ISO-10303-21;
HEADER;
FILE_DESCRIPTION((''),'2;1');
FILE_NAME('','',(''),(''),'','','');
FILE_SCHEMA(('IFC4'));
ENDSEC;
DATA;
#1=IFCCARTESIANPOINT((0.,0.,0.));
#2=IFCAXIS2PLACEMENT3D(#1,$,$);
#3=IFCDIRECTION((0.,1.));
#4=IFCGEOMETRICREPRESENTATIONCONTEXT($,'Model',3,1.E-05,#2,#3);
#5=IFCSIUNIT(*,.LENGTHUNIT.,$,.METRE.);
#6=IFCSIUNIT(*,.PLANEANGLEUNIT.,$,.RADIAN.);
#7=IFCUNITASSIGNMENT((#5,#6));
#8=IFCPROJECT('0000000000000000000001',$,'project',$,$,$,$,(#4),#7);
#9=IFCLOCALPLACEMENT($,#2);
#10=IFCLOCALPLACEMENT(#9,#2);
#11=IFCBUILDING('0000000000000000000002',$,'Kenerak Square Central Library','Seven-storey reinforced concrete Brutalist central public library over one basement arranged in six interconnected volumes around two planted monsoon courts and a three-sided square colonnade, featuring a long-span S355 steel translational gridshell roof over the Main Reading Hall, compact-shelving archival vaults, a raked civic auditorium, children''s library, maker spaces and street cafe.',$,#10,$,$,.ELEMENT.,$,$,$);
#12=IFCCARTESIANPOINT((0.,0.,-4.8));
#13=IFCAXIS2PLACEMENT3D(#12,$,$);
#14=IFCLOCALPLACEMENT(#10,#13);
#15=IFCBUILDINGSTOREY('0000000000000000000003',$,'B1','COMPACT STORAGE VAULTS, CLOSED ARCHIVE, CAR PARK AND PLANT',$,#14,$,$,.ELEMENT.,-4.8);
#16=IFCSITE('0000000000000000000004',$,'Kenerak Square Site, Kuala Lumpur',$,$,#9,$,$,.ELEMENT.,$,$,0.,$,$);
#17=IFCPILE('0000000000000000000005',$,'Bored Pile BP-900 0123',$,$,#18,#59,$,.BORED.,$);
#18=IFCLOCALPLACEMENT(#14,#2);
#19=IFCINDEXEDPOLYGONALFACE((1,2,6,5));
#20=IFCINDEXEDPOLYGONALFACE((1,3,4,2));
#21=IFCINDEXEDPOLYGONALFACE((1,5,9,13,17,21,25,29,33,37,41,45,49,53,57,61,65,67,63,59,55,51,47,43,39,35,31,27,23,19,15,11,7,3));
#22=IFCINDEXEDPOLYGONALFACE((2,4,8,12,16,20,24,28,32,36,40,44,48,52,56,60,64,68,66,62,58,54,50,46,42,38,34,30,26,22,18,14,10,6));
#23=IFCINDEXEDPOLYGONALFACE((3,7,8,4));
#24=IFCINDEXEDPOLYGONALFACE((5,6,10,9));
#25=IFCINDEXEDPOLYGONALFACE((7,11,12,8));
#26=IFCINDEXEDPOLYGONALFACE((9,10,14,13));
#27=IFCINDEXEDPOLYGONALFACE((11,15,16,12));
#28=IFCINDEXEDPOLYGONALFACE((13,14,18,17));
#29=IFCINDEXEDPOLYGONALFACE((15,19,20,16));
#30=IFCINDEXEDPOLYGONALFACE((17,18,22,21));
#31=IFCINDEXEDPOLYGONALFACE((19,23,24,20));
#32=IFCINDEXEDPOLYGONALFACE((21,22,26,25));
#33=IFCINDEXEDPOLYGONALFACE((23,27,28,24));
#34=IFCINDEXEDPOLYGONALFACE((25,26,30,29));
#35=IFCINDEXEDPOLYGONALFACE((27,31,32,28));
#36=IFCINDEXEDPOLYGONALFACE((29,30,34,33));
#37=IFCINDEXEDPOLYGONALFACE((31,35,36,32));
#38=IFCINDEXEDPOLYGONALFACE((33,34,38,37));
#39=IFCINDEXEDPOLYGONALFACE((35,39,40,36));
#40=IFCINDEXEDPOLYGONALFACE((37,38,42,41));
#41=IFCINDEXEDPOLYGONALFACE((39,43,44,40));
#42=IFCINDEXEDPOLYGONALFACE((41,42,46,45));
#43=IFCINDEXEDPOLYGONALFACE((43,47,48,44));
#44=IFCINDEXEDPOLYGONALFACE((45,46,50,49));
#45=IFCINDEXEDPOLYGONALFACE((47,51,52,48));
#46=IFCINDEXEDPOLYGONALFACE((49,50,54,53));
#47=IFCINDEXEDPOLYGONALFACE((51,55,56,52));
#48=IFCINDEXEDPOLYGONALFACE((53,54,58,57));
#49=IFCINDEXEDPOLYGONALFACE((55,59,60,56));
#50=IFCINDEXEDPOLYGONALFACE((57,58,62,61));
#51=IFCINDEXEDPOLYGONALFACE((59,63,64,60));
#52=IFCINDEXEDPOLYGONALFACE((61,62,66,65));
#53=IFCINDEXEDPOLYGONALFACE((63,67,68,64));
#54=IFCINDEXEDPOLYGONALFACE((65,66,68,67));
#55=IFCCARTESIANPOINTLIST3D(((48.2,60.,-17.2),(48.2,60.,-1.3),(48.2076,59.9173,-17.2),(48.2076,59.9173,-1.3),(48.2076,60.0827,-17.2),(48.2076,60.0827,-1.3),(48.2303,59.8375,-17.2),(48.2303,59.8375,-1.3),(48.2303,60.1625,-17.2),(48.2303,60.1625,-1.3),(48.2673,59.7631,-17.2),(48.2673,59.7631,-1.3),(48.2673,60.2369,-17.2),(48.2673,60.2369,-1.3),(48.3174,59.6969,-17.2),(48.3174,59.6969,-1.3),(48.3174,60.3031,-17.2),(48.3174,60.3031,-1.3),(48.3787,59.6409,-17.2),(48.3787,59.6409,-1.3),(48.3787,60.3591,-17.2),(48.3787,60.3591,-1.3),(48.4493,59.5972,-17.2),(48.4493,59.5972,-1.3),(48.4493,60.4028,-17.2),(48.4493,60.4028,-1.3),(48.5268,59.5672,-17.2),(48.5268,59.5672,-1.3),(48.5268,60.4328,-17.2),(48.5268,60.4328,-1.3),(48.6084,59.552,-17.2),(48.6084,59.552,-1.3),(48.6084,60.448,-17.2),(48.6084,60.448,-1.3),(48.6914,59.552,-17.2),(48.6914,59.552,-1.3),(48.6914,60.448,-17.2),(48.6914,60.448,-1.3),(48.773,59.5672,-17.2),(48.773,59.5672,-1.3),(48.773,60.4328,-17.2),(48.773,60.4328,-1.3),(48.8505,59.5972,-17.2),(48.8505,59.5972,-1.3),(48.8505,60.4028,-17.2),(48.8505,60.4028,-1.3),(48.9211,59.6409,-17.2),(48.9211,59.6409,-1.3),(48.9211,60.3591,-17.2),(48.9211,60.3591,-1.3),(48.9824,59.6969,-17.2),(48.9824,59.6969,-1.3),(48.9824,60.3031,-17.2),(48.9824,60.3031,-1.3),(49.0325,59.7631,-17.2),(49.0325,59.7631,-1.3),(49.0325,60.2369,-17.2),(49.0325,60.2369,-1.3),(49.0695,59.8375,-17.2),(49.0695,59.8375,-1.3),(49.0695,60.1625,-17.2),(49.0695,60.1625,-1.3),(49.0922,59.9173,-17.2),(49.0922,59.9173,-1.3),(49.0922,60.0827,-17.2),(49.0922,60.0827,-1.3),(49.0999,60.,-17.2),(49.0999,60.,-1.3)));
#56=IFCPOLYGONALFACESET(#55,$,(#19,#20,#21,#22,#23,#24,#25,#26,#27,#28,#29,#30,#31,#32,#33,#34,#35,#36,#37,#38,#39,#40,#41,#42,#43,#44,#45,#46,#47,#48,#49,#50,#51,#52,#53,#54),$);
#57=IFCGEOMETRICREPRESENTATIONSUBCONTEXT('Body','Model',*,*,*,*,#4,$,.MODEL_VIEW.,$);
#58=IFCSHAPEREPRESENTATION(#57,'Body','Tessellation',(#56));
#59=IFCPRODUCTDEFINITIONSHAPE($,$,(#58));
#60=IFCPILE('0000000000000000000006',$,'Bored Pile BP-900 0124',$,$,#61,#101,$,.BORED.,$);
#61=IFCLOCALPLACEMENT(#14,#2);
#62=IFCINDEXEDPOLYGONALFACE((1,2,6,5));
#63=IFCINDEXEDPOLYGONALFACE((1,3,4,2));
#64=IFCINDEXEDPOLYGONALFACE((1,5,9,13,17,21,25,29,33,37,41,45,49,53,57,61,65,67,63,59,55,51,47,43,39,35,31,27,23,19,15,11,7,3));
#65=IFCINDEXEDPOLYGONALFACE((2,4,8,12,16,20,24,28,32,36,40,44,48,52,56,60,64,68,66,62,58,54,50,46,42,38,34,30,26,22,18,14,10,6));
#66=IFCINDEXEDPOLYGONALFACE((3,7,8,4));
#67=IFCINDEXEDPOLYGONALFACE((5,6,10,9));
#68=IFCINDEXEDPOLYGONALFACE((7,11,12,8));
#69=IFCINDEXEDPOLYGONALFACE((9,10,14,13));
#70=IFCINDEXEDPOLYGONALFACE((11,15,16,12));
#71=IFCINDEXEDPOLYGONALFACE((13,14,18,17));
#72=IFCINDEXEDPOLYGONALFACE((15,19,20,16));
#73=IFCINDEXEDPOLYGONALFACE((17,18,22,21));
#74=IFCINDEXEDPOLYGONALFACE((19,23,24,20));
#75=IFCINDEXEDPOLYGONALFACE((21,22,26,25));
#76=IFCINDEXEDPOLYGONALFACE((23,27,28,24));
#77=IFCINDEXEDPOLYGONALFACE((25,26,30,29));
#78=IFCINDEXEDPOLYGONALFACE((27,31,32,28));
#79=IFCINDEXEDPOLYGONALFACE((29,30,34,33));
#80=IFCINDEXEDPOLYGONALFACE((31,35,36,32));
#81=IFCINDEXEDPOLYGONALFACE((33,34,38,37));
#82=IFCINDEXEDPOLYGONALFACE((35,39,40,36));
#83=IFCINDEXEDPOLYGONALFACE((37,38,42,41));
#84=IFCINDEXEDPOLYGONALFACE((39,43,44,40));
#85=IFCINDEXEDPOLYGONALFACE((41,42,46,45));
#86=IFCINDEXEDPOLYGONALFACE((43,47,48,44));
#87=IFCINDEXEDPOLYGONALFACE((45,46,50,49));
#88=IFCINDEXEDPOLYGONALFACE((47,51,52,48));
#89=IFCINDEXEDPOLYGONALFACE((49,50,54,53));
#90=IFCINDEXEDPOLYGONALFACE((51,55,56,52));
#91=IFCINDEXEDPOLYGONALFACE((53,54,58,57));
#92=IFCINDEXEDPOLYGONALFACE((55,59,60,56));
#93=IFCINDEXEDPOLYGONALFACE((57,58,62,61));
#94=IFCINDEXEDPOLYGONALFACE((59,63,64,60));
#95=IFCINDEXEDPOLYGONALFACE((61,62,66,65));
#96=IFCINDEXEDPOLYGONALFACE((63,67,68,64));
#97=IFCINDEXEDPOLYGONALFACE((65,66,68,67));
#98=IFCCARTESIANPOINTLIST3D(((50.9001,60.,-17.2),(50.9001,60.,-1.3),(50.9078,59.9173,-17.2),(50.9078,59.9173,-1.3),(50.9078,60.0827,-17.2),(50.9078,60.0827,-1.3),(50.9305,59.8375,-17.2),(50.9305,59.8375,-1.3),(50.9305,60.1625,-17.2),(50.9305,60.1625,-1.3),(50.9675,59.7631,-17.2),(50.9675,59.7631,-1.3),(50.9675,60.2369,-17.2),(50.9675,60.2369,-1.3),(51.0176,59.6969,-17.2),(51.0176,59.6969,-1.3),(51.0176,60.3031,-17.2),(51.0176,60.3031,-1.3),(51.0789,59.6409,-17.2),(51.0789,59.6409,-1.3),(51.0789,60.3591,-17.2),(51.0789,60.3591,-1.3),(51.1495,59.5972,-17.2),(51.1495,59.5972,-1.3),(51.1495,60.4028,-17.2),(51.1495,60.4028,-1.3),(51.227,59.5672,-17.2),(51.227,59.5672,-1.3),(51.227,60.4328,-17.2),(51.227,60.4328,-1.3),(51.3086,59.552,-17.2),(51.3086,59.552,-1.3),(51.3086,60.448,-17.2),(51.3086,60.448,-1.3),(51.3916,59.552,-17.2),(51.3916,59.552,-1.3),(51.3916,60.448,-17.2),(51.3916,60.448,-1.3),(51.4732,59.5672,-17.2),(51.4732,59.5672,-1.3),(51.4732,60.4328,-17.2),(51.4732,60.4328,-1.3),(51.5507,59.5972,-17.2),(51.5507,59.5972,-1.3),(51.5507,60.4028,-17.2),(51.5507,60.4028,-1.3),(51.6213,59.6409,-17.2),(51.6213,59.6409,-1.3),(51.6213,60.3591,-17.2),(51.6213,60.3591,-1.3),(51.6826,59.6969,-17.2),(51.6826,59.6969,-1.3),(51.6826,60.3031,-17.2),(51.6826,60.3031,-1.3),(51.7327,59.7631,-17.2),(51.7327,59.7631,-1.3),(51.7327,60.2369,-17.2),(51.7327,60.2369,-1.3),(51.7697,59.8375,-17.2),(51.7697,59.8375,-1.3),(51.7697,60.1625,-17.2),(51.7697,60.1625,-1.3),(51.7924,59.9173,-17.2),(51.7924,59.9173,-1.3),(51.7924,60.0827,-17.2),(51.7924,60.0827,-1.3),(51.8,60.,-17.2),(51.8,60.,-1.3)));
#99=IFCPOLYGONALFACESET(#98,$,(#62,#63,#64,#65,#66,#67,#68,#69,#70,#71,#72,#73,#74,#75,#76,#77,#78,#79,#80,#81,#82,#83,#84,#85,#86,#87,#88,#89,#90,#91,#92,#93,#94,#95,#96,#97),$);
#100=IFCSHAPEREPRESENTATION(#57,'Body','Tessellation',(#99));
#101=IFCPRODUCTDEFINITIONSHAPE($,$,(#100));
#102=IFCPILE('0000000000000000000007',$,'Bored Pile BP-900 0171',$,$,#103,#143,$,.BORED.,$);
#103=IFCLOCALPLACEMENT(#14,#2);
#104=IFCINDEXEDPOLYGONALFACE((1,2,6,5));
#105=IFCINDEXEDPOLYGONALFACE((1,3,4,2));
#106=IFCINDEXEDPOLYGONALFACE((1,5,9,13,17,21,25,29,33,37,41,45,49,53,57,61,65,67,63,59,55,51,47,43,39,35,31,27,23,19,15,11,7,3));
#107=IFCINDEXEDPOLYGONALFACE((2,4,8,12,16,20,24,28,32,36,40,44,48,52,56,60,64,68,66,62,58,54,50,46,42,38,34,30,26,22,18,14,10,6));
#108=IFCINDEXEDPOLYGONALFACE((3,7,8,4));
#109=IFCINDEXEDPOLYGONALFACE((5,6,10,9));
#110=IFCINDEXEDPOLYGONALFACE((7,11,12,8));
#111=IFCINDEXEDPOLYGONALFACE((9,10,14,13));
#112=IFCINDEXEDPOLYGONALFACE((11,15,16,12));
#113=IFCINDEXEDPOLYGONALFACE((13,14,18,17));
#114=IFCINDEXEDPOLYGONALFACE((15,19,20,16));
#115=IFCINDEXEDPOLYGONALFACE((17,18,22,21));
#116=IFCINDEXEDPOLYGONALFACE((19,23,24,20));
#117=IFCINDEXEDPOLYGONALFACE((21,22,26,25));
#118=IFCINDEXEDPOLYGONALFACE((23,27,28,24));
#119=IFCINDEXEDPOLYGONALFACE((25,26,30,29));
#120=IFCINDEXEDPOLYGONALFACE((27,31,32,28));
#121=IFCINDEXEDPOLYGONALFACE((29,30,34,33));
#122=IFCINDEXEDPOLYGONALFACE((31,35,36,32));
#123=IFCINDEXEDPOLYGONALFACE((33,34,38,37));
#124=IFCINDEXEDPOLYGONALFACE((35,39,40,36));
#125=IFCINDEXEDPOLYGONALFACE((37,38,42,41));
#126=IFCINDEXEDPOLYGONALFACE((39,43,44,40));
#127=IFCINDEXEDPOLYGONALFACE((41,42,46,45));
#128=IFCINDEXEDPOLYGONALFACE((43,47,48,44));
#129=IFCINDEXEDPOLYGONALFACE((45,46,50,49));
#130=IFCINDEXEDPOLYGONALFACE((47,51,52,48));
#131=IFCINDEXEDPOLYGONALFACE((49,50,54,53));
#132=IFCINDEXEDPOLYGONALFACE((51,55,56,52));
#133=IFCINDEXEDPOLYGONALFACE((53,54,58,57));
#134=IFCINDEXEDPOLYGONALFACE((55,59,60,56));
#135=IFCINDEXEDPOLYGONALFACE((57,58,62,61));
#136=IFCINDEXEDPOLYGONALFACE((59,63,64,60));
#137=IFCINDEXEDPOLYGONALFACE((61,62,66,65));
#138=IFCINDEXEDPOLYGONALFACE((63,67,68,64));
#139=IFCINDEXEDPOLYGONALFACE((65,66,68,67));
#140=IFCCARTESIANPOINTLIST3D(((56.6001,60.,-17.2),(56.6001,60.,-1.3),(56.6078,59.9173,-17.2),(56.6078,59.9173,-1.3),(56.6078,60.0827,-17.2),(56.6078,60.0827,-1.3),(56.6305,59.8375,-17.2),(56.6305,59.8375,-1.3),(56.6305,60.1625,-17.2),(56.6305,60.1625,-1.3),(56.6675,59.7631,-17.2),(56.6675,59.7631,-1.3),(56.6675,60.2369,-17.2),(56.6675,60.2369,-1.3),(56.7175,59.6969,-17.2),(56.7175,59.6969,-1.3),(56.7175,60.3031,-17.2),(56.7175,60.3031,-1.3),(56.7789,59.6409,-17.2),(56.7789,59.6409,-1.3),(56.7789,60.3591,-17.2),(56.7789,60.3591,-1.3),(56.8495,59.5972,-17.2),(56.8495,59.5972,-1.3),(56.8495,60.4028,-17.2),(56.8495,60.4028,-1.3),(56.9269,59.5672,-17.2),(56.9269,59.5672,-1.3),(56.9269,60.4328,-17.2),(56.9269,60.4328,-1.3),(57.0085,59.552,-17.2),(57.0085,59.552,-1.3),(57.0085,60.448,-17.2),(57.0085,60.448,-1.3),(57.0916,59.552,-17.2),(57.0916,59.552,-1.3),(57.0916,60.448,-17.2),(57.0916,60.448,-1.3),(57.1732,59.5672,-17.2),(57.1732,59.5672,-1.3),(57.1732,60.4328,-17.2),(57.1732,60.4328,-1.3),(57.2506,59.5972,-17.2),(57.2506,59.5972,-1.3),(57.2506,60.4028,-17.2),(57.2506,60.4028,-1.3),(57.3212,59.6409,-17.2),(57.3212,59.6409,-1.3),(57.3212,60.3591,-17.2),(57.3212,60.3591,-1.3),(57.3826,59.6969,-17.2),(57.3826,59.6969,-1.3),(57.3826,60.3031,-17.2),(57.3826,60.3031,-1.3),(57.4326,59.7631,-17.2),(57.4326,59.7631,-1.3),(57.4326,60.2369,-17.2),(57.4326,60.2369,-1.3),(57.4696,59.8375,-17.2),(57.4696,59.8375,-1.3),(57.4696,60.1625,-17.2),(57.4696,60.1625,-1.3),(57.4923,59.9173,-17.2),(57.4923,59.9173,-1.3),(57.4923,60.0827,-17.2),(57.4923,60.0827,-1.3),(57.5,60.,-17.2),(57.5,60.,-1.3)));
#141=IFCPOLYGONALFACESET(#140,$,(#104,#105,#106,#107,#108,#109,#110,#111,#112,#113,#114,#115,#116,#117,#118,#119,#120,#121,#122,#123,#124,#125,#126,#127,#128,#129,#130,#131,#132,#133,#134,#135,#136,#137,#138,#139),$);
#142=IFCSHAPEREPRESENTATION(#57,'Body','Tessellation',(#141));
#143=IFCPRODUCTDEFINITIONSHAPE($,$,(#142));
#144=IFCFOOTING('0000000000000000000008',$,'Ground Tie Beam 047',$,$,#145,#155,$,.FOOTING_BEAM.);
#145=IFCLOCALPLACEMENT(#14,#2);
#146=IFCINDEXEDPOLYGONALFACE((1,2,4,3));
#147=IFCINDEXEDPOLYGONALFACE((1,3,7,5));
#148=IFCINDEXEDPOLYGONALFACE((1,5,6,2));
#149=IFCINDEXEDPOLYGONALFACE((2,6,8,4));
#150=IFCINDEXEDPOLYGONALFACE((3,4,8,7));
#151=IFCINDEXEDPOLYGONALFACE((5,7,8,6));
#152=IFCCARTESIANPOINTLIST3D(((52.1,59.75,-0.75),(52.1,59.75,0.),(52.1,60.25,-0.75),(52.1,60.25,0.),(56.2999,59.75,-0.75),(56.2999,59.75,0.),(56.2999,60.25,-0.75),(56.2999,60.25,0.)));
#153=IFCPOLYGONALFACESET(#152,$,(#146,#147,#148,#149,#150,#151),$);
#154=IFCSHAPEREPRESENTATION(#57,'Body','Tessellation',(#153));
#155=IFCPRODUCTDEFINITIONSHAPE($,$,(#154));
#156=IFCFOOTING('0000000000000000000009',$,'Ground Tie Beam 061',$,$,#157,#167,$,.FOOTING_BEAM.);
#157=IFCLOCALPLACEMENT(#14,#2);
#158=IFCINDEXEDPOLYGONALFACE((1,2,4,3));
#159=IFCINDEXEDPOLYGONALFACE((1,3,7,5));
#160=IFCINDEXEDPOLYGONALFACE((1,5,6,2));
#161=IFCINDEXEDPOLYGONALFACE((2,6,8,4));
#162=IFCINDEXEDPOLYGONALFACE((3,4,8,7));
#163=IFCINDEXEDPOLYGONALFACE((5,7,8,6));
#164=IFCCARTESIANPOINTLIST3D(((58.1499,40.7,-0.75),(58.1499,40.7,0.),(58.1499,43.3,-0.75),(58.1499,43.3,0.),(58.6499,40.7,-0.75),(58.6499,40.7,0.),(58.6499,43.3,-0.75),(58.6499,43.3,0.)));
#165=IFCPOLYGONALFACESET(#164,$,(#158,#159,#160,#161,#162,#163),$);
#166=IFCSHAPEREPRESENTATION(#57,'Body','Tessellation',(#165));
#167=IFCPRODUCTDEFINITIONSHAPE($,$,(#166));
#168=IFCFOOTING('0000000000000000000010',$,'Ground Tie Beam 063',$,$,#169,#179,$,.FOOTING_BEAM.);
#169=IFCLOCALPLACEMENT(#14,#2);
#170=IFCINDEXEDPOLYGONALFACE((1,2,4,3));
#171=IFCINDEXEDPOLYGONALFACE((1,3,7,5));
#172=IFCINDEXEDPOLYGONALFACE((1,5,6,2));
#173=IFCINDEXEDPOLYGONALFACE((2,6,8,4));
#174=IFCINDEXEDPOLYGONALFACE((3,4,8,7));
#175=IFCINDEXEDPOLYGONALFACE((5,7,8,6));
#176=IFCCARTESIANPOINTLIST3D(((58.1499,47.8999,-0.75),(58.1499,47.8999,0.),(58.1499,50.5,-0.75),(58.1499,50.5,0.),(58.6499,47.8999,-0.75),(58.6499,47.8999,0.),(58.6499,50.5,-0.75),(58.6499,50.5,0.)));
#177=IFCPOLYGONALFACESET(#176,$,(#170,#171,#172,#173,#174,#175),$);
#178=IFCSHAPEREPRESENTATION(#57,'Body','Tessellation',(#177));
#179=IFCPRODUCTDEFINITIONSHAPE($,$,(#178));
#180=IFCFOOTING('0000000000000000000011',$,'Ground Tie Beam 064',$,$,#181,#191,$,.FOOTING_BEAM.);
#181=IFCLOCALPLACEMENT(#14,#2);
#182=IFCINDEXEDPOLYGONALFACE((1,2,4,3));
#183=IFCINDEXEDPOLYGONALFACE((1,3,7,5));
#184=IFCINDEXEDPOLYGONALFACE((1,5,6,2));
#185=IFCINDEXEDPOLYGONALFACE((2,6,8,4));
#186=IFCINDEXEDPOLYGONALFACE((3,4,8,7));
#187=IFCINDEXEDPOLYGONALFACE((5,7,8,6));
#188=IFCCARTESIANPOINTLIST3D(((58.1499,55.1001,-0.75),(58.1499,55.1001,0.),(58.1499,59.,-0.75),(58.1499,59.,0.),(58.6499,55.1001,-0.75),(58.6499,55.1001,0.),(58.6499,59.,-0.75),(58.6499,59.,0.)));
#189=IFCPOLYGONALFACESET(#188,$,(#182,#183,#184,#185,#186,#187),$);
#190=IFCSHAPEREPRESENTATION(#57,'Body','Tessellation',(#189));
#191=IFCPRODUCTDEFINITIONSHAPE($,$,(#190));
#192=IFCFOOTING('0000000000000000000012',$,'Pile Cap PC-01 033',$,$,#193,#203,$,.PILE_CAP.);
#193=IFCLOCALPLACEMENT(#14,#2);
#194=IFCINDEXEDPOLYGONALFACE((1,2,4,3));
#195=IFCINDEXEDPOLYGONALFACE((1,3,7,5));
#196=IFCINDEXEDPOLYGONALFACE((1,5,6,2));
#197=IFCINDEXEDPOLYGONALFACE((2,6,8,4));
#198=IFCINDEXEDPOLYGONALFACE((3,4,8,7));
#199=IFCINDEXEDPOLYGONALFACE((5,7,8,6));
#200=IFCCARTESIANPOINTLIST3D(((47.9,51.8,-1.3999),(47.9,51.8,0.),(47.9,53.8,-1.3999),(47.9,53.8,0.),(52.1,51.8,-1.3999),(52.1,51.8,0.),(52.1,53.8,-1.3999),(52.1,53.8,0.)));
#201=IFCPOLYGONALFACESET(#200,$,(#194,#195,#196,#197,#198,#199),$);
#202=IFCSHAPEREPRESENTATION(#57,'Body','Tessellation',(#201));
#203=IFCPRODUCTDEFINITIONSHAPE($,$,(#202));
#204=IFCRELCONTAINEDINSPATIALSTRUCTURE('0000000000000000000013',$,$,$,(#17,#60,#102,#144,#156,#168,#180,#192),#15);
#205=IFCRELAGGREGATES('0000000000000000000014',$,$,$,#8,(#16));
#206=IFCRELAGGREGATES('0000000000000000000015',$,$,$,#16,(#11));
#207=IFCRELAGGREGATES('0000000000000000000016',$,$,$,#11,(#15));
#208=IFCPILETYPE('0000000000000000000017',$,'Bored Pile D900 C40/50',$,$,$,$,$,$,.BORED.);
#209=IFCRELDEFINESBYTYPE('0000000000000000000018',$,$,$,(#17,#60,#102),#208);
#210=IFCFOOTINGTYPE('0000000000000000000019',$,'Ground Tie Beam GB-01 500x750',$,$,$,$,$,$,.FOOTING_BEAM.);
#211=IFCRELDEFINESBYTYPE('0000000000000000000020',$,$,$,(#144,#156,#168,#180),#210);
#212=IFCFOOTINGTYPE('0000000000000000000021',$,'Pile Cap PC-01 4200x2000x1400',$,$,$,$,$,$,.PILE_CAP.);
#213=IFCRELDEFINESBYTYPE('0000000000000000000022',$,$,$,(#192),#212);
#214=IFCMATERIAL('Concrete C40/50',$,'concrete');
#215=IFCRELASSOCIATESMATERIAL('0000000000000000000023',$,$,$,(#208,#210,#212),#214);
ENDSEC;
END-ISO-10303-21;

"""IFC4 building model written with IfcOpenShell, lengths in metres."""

from ifc_helpers import new_model, si_unit, direction, frame, origin, origin_2d, place, context, subcontext, project, spatial, rectangle, circle, extrude, material, material_profile, profile_set, type_object, element, save


model = new_model("IFC4")

# Units and contexts
model_context = context("Model", 3, precision=1e-05, world=origin(), true_north=direction((0.0, 1.0)))
body_context = subcontext(model_context, "Body", "Model", "MODEL_VIEW")
ifc_project = project(units=[si_unit("LENGTHUNIT", "METRE"), si_unit("PLANEANGLEUNIT", "RADIAN")], contexts=[model_context])

# Site, building, storey
site_placement = place(None, origin())
site = spatial("IfcSite", under=ifc_project, at=site_placement, Name="Kenerak Square Site, Kuala Lumpur", CompositionType="ELEMENT", RefElevation=0.0)
building_placement = place(site_placement, origin())
building = spatial("IfcBuilding", under=site, at=building_placement, Name="Kenerak Square Central Library", Description="Seven-storey reinforced concrete Brutalist central public library over one basement arranged in six interconnected volumes around two planted monsoon courts and a three-sided square colonnade, featuring a long-span S355 steel translational gridshell roof over the Main Reading Hall, compact-shelving archival vaults, a raked civic auditorium, children's library, maker spaces and street cafe.", CompositionType="ELEMENT")
storey_placement = place(building_placement, frame((0.0, 0.0, -4.8)))
storey = spatial("IfcBuildingStorey", under=building, at=storey_placement, Name="B1", Description="COMPACT STORAGE VAULTS, CLOSED ARCHIVE, CAR PARK AND PLANT", CompositionType="ELEMENT", Elevation=-4.8)

# Piles
ifc_material_1 = material(Name="Concrete C40/50", Category="concrete")
ifc_material_profile_1 = material_profile(ifc_material_1, circle(Radius=0.45, at=origin_2d()), Name="BP D900")
ifc_profile_set_1 = profile_set([ifc_material_profile_1], Name="Concrete C40/50")
pile_type_1 = type_object("IfcPileType", Name="Bored Pile D900 C40/50", PredefinedType="BORED", material=ifc_profile_set_1)
for number, where, z_axis, x_axis, name in (
    (1, (48.6499, 60.0, -1.3), (0.0, 0.0, -1.0), (1.0, 0.0, 0.0), "Bored Pile BP-900 0123"),
    (2, (51.3501, 60.0, -1.3), (0.0, 0.0, -1.0), (1.0, 0.0, 0.0), "Bored Pile BP-900 0124"),
    (3, (57.05, 60.0, -1.3), (0.0, 0.0, -1.0), (1.0, 0.0, 0.0), "Bored Pile BP-900 0171"),
):
    element("IfcPile", number, at=place(storey_placement, frame(where, z_axis=z_axis, x_axis=x_axis)), inside=storey, type_object=pile_type_1, Name=name, PredefinedType="BORED", context=body_context, shape_type="SweptSolid", body=[
        extrude(circle(Radius=0.45, at=origin_2d()), origin(), (0.0, 0.0, 1.0), 15.8999),
    ])

# Footings
footing_type_1 = type_object("IfcFootingType", Name="Ground Tie Beam GB-01 500x750", PredefinedType="FOOTING_BEAM", material=ifc_material_1)
footing_1_placement = place(storey_placement, frame((54.2, 60.0, -0.75), z_axis=(0.0, 0.0, 1.0), x_axis=(1.0, 0.0, 0.0)))
element("IfcFooting", 4, at=footing_1_placement, inside=storey, type_object=footing_type_1, Name="Ground Tie Beam 047", PredefinedType="FOOTING_BEAM", context=body_context, shape_type="SweptSolid", body=[
    extrude(rectangle(XDim=4.2, YDim=0.5, at=origin_2d()), origin(), (0.0, 0.0, 1.0), 0.75),
])
for number, where, z_axis, x_axis, name in (
    (5, (58.3999, 42.0, -0.75), (0.0, 0.0, 1.0), (1.0, 0.0, 0.0), "Ground Tie Beam 061"),
    (6, (58.3999, 49.2, -0.75), (0.0, 0.0, 1.0), (1.0, 0.0, 0.0), "Ground Tie Beam 063"),
):
    element("IfcFooting", number, at=place(storey_placement, frame(where, z_axis=z_axis, x_axis=x_axis)), inside=storey, type_object=footing_type_1, Name=name, PredefinedType="FOOTING_BEAM", context=body_context, shape_type="SweptSolid", body=[
        extrude(rectangle(XDim=0.5, YDim=2.6001, at=origin_2d()), origin(), (0.0, 0.0, 1.0), 0.75),
    ])
footing_2_placement = place(storey_placement, frame((58.3999, 57.05, -0.75), z_axis=(0.0, 0.0, 1.0), x_axis=(1.0, 0.0, 0.0)))
element("IfcFooting", 7, at=footing_2_placement, inside=storey, type_object=footing_type_1, Name="Ground Tie Beam 064", PredefinedType="FOOTING_BEAM", context=body_context, shape_type="SweptSolid", body=[
    extrude(rectangle(XDim=0.5, YDim=3.8999, at=origin_2d()), origin(), (0.0, 0.0, 1.0), 0.75),
])
footing_type_2 = type_object("IfcFootingType", Name="Pile Cap PC-01 4200x2000x1400", PredefinedType="PILE_CAP", material=ifc_material_1)
for number, where, z_axis, x_axis, name in (
    (8, (50.0, 52.8, -1.3999), (0.0, 0.0, 1.0), (1.0, 0.0, 0.0), "Pile Cap PC-01 033"),
):
    element("IfcFooting", number, at=place(storey_placement, frame(where, z_axis=z_axis, x_axis=x_axis)), inside=storey, type_object=footing_type_2, Name=name, PredefinedType="PILE_CAP", context=body_context, shape_type="SweptSolid", body=[
        extrude(rectangle(XDim=4.2, YDim=2.0, at=origin_2d()), origin(), (0.0, 0.0, 1.0), 1.3999),
    ])

save(model, "model.ifc")
